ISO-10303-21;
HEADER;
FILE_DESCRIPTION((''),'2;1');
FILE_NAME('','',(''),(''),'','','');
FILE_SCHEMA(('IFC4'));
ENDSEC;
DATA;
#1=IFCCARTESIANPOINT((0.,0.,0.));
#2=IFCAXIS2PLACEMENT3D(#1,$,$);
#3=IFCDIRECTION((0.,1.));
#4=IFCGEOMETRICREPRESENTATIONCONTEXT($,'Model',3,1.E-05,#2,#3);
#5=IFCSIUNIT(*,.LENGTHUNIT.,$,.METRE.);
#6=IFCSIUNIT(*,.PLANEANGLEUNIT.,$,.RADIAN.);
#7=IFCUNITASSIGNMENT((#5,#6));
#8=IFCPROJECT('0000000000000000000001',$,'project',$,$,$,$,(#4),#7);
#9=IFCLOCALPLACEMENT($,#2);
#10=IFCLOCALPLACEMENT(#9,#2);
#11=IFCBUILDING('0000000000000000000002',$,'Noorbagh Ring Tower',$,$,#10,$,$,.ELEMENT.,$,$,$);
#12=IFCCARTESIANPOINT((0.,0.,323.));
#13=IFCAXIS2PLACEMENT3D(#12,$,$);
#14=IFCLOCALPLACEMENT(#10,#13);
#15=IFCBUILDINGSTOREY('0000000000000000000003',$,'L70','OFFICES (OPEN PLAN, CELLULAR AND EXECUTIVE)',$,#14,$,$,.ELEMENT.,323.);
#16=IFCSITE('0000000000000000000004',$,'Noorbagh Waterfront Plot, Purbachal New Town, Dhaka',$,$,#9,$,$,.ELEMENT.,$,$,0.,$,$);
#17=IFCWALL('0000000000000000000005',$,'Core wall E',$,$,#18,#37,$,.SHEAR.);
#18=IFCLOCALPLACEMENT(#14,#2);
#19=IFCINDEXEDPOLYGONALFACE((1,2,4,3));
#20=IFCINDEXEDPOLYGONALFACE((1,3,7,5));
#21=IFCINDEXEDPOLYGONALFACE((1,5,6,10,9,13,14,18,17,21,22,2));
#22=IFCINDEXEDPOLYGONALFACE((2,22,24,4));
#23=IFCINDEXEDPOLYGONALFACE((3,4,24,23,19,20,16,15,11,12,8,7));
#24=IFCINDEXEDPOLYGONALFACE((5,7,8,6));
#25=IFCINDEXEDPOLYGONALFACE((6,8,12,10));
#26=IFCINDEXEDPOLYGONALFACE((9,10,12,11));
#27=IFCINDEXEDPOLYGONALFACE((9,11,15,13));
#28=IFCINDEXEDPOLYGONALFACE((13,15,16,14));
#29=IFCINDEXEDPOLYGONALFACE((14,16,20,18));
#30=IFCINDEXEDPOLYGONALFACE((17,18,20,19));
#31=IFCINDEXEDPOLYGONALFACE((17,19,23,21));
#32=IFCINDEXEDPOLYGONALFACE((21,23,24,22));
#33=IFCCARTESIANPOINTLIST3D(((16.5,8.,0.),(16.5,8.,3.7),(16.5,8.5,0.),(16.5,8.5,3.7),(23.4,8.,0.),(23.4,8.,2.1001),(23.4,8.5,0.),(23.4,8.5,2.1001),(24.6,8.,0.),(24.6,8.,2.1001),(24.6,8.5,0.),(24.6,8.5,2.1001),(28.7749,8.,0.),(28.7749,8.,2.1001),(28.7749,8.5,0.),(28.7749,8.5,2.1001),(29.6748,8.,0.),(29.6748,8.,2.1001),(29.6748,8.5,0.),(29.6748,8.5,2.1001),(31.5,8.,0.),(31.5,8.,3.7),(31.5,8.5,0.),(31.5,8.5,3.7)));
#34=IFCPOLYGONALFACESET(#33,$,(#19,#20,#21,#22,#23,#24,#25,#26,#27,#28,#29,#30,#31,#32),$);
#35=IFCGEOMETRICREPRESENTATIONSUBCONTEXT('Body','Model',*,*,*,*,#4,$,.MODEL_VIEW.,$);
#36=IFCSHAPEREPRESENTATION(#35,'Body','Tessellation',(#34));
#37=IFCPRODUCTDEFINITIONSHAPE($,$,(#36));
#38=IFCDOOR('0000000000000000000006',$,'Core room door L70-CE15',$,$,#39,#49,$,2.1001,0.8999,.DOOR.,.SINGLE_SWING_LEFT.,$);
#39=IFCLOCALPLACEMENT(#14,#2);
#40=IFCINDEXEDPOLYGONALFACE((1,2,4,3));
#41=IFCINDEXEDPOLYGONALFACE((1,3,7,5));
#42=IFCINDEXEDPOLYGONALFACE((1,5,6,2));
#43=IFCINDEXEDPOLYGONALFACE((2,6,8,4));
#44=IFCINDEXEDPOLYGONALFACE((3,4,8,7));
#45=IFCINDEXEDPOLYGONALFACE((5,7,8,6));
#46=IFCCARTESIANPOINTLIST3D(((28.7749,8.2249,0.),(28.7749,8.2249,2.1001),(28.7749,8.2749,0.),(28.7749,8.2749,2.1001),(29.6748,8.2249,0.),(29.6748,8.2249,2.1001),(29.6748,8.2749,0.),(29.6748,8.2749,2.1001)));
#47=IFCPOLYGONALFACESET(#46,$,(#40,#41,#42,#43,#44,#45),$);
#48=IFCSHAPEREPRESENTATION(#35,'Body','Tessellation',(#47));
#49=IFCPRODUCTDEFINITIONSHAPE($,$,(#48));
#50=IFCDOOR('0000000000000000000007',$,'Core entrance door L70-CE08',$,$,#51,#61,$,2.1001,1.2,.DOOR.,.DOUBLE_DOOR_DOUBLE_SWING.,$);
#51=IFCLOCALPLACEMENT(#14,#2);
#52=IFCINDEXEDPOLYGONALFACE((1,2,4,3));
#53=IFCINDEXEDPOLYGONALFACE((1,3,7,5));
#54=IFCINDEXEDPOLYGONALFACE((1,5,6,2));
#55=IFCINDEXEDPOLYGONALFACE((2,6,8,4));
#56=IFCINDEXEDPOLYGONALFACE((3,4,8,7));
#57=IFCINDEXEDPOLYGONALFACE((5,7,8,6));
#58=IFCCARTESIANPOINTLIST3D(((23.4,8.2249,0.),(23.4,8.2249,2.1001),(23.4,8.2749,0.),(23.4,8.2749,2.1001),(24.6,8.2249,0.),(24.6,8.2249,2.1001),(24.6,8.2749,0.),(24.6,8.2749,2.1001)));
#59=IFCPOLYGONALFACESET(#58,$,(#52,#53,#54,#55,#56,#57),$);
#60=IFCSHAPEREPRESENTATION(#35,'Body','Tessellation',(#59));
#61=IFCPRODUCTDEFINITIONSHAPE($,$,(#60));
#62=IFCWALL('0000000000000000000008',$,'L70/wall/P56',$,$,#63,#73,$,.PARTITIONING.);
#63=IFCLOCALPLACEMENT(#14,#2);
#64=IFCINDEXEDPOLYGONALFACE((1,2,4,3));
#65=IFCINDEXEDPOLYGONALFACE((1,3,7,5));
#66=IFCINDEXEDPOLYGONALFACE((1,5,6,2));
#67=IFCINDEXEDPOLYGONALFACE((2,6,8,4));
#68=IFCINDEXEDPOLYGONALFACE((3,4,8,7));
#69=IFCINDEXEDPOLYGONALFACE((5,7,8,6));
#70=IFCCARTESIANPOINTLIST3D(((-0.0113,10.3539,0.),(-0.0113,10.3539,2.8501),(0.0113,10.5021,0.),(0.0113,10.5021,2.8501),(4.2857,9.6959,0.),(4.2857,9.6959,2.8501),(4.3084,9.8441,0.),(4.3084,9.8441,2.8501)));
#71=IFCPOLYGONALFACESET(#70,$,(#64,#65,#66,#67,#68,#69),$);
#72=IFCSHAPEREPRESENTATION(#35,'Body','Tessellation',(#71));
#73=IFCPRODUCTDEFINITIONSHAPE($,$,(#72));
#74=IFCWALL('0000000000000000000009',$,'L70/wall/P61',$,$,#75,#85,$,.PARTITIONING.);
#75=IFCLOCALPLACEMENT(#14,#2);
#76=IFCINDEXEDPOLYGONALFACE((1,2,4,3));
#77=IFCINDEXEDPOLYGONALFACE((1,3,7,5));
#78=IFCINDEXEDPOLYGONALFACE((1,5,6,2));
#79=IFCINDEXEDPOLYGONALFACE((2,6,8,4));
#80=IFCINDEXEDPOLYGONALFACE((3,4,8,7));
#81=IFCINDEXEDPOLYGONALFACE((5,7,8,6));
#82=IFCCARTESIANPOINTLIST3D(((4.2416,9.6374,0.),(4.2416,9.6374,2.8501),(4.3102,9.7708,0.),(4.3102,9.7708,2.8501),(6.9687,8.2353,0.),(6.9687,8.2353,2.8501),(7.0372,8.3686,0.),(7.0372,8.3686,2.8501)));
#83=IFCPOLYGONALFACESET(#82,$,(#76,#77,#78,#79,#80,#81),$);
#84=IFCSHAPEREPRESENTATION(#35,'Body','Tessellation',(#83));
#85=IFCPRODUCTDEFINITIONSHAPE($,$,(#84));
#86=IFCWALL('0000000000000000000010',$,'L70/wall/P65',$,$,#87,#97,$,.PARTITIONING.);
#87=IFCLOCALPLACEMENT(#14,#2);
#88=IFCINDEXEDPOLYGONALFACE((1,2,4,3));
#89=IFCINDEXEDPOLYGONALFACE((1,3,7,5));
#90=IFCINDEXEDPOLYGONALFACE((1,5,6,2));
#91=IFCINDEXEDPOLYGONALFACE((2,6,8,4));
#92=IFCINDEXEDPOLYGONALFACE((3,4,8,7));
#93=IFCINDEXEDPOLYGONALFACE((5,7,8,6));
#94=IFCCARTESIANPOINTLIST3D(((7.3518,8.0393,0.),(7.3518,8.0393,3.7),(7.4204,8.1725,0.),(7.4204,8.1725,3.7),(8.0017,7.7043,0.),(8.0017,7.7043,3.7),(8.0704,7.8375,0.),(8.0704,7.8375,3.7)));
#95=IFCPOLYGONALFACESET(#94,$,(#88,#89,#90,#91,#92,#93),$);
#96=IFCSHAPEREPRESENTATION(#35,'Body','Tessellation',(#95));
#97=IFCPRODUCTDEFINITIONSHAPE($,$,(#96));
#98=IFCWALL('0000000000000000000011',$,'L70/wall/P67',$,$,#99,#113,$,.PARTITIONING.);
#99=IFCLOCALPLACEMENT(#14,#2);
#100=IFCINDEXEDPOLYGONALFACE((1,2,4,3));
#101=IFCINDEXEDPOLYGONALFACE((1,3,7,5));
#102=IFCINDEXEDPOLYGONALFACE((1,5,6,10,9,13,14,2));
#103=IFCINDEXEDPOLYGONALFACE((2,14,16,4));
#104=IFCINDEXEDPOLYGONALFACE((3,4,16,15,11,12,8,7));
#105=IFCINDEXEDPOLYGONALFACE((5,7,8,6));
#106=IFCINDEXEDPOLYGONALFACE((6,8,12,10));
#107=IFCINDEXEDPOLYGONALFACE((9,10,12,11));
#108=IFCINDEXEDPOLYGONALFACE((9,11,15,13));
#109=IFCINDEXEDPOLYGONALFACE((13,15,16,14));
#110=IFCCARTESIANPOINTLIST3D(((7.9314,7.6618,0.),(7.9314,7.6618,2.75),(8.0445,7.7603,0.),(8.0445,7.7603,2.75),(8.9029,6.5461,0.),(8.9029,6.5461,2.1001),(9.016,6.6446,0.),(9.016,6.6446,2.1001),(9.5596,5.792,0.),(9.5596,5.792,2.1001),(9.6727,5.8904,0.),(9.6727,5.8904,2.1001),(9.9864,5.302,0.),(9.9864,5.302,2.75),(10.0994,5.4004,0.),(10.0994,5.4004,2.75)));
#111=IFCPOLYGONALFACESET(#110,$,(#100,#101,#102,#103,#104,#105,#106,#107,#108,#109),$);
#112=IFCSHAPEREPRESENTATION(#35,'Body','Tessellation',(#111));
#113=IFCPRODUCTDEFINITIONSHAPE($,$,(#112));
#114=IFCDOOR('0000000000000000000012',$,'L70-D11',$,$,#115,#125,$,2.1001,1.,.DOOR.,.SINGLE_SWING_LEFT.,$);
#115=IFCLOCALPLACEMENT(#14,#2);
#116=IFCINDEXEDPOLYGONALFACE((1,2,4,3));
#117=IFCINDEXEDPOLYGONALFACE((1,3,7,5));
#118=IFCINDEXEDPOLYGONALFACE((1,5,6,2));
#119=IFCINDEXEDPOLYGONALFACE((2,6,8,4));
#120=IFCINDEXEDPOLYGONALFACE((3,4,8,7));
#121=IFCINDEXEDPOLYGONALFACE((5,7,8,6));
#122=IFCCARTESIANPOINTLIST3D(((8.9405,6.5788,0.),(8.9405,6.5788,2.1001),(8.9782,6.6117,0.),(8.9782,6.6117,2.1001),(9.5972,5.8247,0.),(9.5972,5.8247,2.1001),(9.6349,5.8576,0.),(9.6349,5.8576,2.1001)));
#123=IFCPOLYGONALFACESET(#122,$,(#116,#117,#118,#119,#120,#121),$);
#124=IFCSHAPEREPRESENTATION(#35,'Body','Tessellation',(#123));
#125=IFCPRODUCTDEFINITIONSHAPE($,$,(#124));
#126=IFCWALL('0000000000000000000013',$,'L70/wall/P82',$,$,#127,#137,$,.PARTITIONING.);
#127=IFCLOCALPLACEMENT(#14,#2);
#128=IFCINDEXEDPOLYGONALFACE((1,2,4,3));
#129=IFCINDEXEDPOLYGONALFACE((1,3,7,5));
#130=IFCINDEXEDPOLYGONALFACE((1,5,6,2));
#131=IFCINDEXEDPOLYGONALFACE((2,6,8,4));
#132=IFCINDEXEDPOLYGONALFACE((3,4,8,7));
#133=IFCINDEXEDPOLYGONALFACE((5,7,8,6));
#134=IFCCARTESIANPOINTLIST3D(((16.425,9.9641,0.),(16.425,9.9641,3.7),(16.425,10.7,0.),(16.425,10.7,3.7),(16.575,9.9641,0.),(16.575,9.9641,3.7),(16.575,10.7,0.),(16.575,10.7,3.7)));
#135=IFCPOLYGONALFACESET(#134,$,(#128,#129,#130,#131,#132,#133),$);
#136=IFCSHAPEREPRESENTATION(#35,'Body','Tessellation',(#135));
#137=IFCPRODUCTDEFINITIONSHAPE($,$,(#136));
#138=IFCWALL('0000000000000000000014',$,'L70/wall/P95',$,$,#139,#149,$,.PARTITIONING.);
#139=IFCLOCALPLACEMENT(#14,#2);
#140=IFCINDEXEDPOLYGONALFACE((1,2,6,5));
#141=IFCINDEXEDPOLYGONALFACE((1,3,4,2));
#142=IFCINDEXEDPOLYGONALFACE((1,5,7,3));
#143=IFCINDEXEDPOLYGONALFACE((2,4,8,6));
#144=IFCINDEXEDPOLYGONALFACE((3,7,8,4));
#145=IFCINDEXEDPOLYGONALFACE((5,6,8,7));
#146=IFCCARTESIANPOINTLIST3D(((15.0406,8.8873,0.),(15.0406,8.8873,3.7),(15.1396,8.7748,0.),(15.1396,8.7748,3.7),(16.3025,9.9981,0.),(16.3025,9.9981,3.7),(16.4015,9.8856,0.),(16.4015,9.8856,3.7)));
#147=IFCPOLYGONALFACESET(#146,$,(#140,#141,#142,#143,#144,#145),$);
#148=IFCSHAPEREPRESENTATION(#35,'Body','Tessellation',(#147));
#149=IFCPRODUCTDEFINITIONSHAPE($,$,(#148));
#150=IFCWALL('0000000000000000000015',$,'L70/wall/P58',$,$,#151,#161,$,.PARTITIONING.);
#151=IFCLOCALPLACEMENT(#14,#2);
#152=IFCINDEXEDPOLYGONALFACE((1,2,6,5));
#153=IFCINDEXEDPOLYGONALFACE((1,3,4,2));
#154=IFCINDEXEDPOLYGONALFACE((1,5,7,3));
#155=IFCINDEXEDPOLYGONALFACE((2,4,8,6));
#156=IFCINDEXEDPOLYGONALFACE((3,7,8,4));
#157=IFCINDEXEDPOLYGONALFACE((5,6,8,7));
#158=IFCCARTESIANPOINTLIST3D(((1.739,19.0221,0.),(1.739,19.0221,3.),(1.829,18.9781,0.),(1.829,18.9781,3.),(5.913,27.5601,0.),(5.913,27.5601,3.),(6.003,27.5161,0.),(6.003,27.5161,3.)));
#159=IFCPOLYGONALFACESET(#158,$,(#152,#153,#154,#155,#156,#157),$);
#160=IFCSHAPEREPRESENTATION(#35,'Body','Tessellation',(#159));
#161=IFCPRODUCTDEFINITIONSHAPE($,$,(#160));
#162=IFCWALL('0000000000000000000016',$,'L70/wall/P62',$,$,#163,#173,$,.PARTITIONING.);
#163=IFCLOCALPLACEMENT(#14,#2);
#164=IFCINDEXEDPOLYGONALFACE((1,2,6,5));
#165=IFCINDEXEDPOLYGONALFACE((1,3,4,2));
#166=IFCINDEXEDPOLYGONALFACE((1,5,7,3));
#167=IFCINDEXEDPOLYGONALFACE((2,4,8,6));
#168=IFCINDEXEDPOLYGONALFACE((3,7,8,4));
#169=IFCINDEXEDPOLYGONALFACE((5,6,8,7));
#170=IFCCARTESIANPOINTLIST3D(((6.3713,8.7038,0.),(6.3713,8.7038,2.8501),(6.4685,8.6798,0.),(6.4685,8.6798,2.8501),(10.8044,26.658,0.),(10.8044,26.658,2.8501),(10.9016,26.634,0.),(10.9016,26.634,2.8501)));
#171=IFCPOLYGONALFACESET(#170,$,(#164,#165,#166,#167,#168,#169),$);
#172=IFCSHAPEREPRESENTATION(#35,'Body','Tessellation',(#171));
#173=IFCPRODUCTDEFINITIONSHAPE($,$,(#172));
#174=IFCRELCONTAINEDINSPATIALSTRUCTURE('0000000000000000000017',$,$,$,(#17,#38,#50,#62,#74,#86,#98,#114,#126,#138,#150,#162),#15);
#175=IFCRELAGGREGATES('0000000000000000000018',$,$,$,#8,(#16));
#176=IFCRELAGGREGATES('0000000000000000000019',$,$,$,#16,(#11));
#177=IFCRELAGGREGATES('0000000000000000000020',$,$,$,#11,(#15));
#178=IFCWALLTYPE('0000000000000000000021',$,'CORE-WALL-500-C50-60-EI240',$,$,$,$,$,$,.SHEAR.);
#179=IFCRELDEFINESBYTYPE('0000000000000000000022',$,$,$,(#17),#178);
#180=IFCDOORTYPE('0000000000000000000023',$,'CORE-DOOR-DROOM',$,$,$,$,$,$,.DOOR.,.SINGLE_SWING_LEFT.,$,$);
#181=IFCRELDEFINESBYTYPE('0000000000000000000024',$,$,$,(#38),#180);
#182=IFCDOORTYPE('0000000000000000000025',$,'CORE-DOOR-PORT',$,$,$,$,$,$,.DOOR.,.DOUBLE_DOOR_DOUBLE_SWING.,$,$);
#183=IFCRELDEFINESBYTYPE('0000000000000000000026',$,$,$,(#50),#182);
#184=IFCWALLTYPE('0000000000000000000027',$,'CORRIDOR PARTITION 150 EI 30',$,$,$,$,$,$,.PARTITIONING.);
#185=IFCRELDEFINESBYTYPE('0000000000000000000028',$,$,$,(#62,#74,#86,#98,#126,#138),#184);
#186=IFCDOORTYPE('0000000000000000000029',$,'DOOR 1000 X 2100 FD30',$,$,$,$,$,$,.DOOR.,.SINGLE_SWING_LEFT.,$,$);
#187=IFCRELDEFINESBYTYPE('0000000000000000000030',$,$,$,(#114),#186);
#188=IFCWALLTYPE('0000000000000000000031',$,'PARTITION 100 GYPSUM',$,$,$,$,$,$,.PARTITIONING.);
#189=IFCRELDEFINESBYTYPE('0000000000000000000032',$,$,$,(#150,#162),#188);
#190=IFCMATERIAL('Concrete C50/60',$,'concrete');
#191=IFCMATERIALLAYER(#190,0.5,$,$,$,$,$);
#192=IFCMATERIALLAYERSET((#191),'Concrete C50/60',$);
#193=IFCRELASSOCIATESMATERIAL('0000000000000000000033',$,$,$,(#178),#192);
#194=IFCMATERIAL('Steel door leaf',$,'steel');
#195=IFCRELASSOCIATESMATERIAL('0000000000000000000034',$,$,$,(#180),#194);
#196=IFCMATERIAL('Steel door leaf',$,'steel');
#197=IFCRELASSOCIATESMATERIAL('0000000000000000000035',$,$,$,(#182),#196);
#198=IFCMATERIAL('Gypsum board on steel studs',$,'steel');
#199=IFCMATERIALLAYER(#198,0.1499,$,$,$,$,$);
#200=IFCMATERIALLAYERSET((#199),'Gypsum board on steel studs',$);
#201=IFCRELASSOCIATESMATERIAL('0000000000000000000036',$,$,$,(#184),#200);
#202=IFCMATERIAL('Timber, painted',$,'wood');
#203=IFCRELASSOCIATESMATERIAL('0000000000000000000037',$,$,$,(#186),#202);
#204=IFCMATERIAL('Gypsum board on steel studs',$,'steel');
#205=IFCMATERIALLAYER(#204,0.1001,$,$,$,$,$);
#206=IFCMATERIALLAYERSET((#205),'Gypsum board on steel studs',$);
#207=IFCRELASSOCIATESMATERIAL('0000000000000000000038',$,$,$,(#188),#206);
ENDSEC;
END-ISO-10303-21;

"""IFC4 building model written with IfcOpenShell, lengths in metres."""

from ifc_helpers import new_model, si_unit, direction, frame, frame_2d, origin, place, context, subcontext, project, spatial, rectangle, extrude, material, layer, layer_set, type_object, element, fill, save


model = new_model("IFC4")

# Units and contexts
model_context = context("Model", 3, precision=1e-05, world=origin(), true_north=direction((0.0, 1.0)))
body_context = subcontext(model_context, "Body", "Model", "MODEL_VIEW")
ifc_project = project(units=[si_unit("LENGTHUNIT", "METRE"), si_unit("PLANEANGLEUNIT", "RADIAN")], contexts=[model_context])

# Site, building, storey
site_placement = place(None, origin())
site = spatial("IfcSite", under=ifc_project, at=site_placement, Name="Noorbagh Waterfront Plot, Purbachal New Town, Dhaka", CompositionType="ELEMENT", RefElevation=0.0)
building_placement = place(site_placement, origin())
building = spatial("IfcBuilding", under=site, at=building_placement, Name="Noorbagh Ring Tower", CompositionType="ELEMENT")
storey_placement = place(building_placement, frame((0.0, 0.0, 323.0)))
storey = spatial("IfcBuildingStorey", under=building, at=storey_placement, Name="L70", Description="OFFICES (OPEN PLAN, CELLULAR AND EXECUTIVE)", CompositionType="ELEMENT", Elevation=323.0)

# Wall, openings, doors
ifc_material_1 = material(Name="Concrete C50/60", Category="concrete")
ifc_layer_1 = layer(ifc_material_1, 0.5)
ifc_layer_set_1 = layer_set([ifc_layer_1], Name="Concrete C50/60")
wall_type_1 = type_object("IfcWallType", Name="CORE-WALL-500-C50-60-EI240", PredefinedType="SHEAR", material=ifc_layer_set_1)
wall_1_placement = place(storey_placement, frame((16.5, 8.25, 0.0), z_axis=(0.0, 0.0, 1.0), x_axis=(1.0, 0.0, 0.0)))
wall_1 = element("IfcWall", 1, at=wall_1_placement, inside=storey, type_object=wall_type_1, Name="Core wall E", PredefinedType="SHEAR", context=body_context, shape_type="SweptSolid", body=[
    extrude(rectangle(XDim=15.0, YDim=0.5, at=frame_2d((7.5, 0.0))), origin(), (0.0, 0.0, 1.0), 3.7),
])
opening_1_placement = place(wall_1_placement, frame((6.8999, 0.0, 0.0)))
opening_1 = element("IfcOpeningElement", 2, at=opening_1_placement, cuts=wall_1, PredefinedType="OPENING", context=body_context, shape_type="SweptSolid", body=[
    extrude(rectangle(XDim=1.2, YDim=2.1001, at=frame_2d((0.6001, 1.05))), frame((0.0, 0.26, 0.0), z_axis=(0.0, -1.0, 0.0), x_axis=(1.0, 0.0, 0.0)), (0.0, 0.0, 1.0), 0.52),
])
opening_2_placement = place(wall_1_placement, frame((12.2749, 0.0, 0.0)))
opening_2 = element("IfcOpeningElement", 3, at=opening_2_placement, cuts=wall_1, PredefinedType="OPENING", context=body_context, shape_type="SweptSolid", body=[
    extrude(rectangle(XDim=0.8999, YDim=2.1001, at=frame_2d((0.45, 1.05))), frame((0.0, 0.26, 0.0), z_axis=(0.0, -1.0, 0.0), x_axis=(1.0, 0.0, 0.0)), (0.0, 0.0, 1.0), 0.52),
])
ifc_material_2 = material(Name="Steel door leaf", Category="steel")
door_type_1 = type_object("IfcDoorType", Name="CORE-DOOR-DROOM", OperationType="SINGLE_SWING_LEFT", PredefinedType="DOOR", material=ifc_material_2)
door_1_placement = place(opening_2_placement, origin())
door_1 = element("IfcDoor", 4, at=door_1_placement, inside=storey, type_object=door_type_1, Name="Core room door L70-CE15", OperationType="SINGLE_SWING_LEFT", OverallHeight=2.1001, OverallWidth=0.8999, PredefinedType="DOOR", context=body_context, shape_type="SweptSolid", body=[
    extrude(rectangle(XDim=0.8999, YDim=2.1001, at=frame_2d((0.45, 1.05))), frame((0.0, 0.0249, 0.0), z_axis=(0.0, -1.0, 0.0), x_axis=(1.0, 0.0, 0.0)), (0.0, 0.0, 1.0), 0.05),
])
fill(opening_2, door_1)
ifc_material_3 = material(Name="Steel door leaf", Category="steel")
door_type_2 = type_object("IfcDoorType", Name="CORE-DOOR-PORT", OperationType="DOUBLE_DOOR_DOUBLE_SWING", PredefinedType="DOOR", material=ifc_material_3)
door_2_placement = place(opening_1_placement, origin())
door_2 = element("IfcDoor", 5, at=door_2_placement, inside=storey, type_object=door_type_2, Name="Core entrance door L70-CE08", OperationType="DOUBLE_DOOR_DOUBLE_SWING", OverallHeight=2.1001, OverallWidth=1.2, PredefinedType="DOOR", context=body_context, shape_type="SweptSolid", body=[
    extrude(rectangle(XDim=1.2, YDim=2.1001, at=frame_2d((0.6001, 1.05))), frame((0.0, 0.0249, 0.0), z_axis=(0.0, -1.0, 0.0), x_axis=(1.0, 0.0, 0.0)), (0.0, 0.0, 1.0), 0.05),
])
fill(opening_1, door_2)

# Walls
ifc_material_4 = material(Name="Gypsum board on steel studs", Category="steel")
ifc_layer_2 = layer(ifc_material_4, 0.1499)
ifc_layer_set_2 = layer_set([ifc_layer_2], Name="Gypsum board on steel studs")
wall_type_2 = type_object("IfcWallType", Name="CORRIDOR PARTITION 150 EI 30", PredefinedType="PARTITIONING", material=ifc_layer_set_2)
wall_2_placement = place(storey_placement, frame((0.0, 10.428, 0.0), z_axis=(0.0, 0.0, 1.0), x_axis=(0.98848, -0.151352, 0.0)))
element("IfcWall", 6, at=wall_2_placement, inside=storey, type_object=wall_type_2, Name="L70/wall/P56", PredefinedType="PARTITIONING", context=body_context, shape_type="SweptSolid", body=[
    extrude(rectangle(XDim=4.3472, YDim=0.1499, at=frame_2d((2.1736, 0.0))), origin(), (0.0, 0.0, 1.0), 2.8501),
])
wall_3_placement = place(storey_placement, frame((4.2759, 9.7041, 0.0), z_axis=(0.0, 0.0, 1.0), x_axis=(0.889339, -0.457249, 0.0)))
element("IfcWall", 7, at=wall_3_placement, inside=storey, type_object=wall_type_2, Name="L70/wall/P61", PredefinedType="PARTITIONING", context=body_context, shape_type="SweptSolid", body=[
    extrude(rectangle(XDim=3.0664, YDim=0.1499, at=frame_2d((1.5332, 0.0))), origin(), (0.0, 0.0, 1.0), 2.8501),
])
wall_4_placement = place(storey_placement, frame((7.386, 8.106, 0.0), z_axis=(0.0, 0.0, 1.0), x_axis=(0.888884, -0.458133, 0.0)))
element("IfcWall", 8, at=wall_4_placement, inside=storey, type_object=wall_type_2, Name="L70/wall/P65", PredefinedType="PARTITIONING", context=body_context, shape_type="SweptSolid", body=[
    extrude(rectangle(XDim=0.7312, YDim=0.1499, at=frame_2d((0.3657, 0.0))), origin(), (0.0, 0.0, 1.0), 3.7),
])

# Wall, opening, door
wall_5_placement = place(storey_placement, frame((7.988, 7.7109, 0.0), z_axis=(0.0, 0.0, 1.0), x_axis=(0.656702, -0.75415, 0.0)))
wall_5 = element("IfcWall", 9, at=wall_5_placement, inside=storey, type_object=wall_type_2, Name="L70/wall/P67", PredefinedType="PARTITIONING", context=body_context, shape_type="SweptSolid", body=[
    extrude(rectangle(XDim=3.1292, YDim=0.1499, at=frame_2d((1.5645, 0.0))), origin(), (0.0, 0.0, 1.0), 2.75),
])
opening_3_placement = place(wall_5_placement, frame((1.4792, 0.0, 0.0)))
opening_3 = element("IfcOpeningElement", 10, at=opening_3_placement, cuts=wall_5, PredefinedType="OPENING", context=body_context, shape_type="SweptSolid", body=[
    extrude(rectangle(XDim=1.0, YDim=2.1001, at=frame_2d((0.5, 1.05))), frame((0.0, 0.085, 0.0), z_axis=(0.0, -1.0, 0.0), x_axis=(1.0, 0.0, 0.0)), (0.0, 0.0, 1.0), 0.1699),
])
ifc_material_5 = material(Name="Timber, painted", Category="wood")
door_type_3 = type_object("IfcDoorType", Name="DOOR 1000 X 2100 FD30", OperationType="SINGLE_SWING_LEFT", PredefinedType="DOOR", material=ifc_material_5)
door_3_placement = place(opening_3_placement, origin())
door_3 = element("IfcDoor", 11, at=door_3_placement, inside=storey, type_object=door_type_3, Name="L70-D11", OperationType="SINGLE_SWING_LEFT", OverallHeight=2.1001, OverallWidth=1.0, PredefinedType="DOOR", context=body_context, shape_type="SweptSolid", body=[
    extrude(rectangle(XDim=1.0, YDim=2.1001, at=frame_2d((0.5, 1.05))), frame((0.0, 0.0249, 0.0), z_axis=(0.0, -1.0, 0.0), x_axis=(1.0, 0.0, 0.0)), (0.0, 0.0, 1.0), 0.05),
])
fill(opening_3, door_3)

# Walls
wall_6_placement = place(storey_placement, frame((16.5, 9.9641, 0.0), z_axis=(0.0, 0.0, 1.0), x_axis=(0.0, 1.0, 0.0)))
element("IfcWall", 12, at=wall_6_placement, inside=storey, type_object=wall_type_2, Name="L70/wall/P82", PredefinedType="PARTITIONING", context=body_context, shape_type="SweptSolid", body=[
    extrude(rectangle(XDim=0.7358, YDim=0.1499, at=frame_2d((0.3679, 0.0))), origin(), (0.0, 0.0, 1.0), 3.7),
])
wall_7_placement = place(storey_placement, frame((15.0901, 8.8311, 0.0), z_axis=(0.0, 0.0, 1.0), x_axis=(0.750621, 0.660733, 0.0)))
element("IfcWall", 13, at=wall_7_placement, inside=storey, type_object=wall_type_2, Name="L70/wall/P95", PredefinedType="PARTITIONING", context=body_context, shape_type="SweptSolid", body=[
    extrude(rectangle(XDim=1.6812, YDim=0.1499, at=frame_2d((0.8406, 0.0))), origin(), (0.0, 0.0, 1.0), 3.7),
])
ifc_material_6 = material(Name="Gypsum board on steel studs", Category="steel")
ifc_layer_3 = layer(ifc_material_6, 0.1001)
ifc_layer_set_3 = layer_set([ifc_layer_3], Name="Gypsum board on steel studs")
wall_type_3 = type_object("IfcWallType", Name="PARTITION 100 GYPSUM", PredefinedType="PARTITIONING", material=ifc_layer_set_3)
wall_8_placement = place(storey_placement, frame((1.7839, 19.0, 0.0), z_axis=(0.0, 0.0, 1.0), x_axis=(0.439201, 0.898389, 0.0)))
element("IfcWall", 14, at=wall_8_placement, inside=storey, type_object=wall_type_3, Name="L70/wall/P58", PredefinedType="PARTITIONING", context=body_context, shape_type="SweptSolid", body=[
    extrude(rectangle(XDim=9.5037, YDim=0.1001, at=frame_2d((4.752, 0.0))), origin(), (0.0, 0.0, 1.0), 3.0),
])
wall_9_placement = place(storey_placement, frame((6.4199, 8.6919, 0.0), z_axis=(0.0, 0.0, 1.0), x_axis=(0.239714, 0.970844, 0.0)))
element("IfcWall", 15, at=wall_9_placement, inside=storey, type_object=wall_type_3, Name="L70/wall/P62", PredefinedType="PARTITIONING", context=body_context, shape_type="SweptSolid", body=[
    extrude(rectangle(XDim=18.4934, YDim=0.1001, at=frame_2d((9.2466, 0.0))), origin(), (0.0, 0.0, 1.0), 2.8501),
])

save(model, "model.ifc")
